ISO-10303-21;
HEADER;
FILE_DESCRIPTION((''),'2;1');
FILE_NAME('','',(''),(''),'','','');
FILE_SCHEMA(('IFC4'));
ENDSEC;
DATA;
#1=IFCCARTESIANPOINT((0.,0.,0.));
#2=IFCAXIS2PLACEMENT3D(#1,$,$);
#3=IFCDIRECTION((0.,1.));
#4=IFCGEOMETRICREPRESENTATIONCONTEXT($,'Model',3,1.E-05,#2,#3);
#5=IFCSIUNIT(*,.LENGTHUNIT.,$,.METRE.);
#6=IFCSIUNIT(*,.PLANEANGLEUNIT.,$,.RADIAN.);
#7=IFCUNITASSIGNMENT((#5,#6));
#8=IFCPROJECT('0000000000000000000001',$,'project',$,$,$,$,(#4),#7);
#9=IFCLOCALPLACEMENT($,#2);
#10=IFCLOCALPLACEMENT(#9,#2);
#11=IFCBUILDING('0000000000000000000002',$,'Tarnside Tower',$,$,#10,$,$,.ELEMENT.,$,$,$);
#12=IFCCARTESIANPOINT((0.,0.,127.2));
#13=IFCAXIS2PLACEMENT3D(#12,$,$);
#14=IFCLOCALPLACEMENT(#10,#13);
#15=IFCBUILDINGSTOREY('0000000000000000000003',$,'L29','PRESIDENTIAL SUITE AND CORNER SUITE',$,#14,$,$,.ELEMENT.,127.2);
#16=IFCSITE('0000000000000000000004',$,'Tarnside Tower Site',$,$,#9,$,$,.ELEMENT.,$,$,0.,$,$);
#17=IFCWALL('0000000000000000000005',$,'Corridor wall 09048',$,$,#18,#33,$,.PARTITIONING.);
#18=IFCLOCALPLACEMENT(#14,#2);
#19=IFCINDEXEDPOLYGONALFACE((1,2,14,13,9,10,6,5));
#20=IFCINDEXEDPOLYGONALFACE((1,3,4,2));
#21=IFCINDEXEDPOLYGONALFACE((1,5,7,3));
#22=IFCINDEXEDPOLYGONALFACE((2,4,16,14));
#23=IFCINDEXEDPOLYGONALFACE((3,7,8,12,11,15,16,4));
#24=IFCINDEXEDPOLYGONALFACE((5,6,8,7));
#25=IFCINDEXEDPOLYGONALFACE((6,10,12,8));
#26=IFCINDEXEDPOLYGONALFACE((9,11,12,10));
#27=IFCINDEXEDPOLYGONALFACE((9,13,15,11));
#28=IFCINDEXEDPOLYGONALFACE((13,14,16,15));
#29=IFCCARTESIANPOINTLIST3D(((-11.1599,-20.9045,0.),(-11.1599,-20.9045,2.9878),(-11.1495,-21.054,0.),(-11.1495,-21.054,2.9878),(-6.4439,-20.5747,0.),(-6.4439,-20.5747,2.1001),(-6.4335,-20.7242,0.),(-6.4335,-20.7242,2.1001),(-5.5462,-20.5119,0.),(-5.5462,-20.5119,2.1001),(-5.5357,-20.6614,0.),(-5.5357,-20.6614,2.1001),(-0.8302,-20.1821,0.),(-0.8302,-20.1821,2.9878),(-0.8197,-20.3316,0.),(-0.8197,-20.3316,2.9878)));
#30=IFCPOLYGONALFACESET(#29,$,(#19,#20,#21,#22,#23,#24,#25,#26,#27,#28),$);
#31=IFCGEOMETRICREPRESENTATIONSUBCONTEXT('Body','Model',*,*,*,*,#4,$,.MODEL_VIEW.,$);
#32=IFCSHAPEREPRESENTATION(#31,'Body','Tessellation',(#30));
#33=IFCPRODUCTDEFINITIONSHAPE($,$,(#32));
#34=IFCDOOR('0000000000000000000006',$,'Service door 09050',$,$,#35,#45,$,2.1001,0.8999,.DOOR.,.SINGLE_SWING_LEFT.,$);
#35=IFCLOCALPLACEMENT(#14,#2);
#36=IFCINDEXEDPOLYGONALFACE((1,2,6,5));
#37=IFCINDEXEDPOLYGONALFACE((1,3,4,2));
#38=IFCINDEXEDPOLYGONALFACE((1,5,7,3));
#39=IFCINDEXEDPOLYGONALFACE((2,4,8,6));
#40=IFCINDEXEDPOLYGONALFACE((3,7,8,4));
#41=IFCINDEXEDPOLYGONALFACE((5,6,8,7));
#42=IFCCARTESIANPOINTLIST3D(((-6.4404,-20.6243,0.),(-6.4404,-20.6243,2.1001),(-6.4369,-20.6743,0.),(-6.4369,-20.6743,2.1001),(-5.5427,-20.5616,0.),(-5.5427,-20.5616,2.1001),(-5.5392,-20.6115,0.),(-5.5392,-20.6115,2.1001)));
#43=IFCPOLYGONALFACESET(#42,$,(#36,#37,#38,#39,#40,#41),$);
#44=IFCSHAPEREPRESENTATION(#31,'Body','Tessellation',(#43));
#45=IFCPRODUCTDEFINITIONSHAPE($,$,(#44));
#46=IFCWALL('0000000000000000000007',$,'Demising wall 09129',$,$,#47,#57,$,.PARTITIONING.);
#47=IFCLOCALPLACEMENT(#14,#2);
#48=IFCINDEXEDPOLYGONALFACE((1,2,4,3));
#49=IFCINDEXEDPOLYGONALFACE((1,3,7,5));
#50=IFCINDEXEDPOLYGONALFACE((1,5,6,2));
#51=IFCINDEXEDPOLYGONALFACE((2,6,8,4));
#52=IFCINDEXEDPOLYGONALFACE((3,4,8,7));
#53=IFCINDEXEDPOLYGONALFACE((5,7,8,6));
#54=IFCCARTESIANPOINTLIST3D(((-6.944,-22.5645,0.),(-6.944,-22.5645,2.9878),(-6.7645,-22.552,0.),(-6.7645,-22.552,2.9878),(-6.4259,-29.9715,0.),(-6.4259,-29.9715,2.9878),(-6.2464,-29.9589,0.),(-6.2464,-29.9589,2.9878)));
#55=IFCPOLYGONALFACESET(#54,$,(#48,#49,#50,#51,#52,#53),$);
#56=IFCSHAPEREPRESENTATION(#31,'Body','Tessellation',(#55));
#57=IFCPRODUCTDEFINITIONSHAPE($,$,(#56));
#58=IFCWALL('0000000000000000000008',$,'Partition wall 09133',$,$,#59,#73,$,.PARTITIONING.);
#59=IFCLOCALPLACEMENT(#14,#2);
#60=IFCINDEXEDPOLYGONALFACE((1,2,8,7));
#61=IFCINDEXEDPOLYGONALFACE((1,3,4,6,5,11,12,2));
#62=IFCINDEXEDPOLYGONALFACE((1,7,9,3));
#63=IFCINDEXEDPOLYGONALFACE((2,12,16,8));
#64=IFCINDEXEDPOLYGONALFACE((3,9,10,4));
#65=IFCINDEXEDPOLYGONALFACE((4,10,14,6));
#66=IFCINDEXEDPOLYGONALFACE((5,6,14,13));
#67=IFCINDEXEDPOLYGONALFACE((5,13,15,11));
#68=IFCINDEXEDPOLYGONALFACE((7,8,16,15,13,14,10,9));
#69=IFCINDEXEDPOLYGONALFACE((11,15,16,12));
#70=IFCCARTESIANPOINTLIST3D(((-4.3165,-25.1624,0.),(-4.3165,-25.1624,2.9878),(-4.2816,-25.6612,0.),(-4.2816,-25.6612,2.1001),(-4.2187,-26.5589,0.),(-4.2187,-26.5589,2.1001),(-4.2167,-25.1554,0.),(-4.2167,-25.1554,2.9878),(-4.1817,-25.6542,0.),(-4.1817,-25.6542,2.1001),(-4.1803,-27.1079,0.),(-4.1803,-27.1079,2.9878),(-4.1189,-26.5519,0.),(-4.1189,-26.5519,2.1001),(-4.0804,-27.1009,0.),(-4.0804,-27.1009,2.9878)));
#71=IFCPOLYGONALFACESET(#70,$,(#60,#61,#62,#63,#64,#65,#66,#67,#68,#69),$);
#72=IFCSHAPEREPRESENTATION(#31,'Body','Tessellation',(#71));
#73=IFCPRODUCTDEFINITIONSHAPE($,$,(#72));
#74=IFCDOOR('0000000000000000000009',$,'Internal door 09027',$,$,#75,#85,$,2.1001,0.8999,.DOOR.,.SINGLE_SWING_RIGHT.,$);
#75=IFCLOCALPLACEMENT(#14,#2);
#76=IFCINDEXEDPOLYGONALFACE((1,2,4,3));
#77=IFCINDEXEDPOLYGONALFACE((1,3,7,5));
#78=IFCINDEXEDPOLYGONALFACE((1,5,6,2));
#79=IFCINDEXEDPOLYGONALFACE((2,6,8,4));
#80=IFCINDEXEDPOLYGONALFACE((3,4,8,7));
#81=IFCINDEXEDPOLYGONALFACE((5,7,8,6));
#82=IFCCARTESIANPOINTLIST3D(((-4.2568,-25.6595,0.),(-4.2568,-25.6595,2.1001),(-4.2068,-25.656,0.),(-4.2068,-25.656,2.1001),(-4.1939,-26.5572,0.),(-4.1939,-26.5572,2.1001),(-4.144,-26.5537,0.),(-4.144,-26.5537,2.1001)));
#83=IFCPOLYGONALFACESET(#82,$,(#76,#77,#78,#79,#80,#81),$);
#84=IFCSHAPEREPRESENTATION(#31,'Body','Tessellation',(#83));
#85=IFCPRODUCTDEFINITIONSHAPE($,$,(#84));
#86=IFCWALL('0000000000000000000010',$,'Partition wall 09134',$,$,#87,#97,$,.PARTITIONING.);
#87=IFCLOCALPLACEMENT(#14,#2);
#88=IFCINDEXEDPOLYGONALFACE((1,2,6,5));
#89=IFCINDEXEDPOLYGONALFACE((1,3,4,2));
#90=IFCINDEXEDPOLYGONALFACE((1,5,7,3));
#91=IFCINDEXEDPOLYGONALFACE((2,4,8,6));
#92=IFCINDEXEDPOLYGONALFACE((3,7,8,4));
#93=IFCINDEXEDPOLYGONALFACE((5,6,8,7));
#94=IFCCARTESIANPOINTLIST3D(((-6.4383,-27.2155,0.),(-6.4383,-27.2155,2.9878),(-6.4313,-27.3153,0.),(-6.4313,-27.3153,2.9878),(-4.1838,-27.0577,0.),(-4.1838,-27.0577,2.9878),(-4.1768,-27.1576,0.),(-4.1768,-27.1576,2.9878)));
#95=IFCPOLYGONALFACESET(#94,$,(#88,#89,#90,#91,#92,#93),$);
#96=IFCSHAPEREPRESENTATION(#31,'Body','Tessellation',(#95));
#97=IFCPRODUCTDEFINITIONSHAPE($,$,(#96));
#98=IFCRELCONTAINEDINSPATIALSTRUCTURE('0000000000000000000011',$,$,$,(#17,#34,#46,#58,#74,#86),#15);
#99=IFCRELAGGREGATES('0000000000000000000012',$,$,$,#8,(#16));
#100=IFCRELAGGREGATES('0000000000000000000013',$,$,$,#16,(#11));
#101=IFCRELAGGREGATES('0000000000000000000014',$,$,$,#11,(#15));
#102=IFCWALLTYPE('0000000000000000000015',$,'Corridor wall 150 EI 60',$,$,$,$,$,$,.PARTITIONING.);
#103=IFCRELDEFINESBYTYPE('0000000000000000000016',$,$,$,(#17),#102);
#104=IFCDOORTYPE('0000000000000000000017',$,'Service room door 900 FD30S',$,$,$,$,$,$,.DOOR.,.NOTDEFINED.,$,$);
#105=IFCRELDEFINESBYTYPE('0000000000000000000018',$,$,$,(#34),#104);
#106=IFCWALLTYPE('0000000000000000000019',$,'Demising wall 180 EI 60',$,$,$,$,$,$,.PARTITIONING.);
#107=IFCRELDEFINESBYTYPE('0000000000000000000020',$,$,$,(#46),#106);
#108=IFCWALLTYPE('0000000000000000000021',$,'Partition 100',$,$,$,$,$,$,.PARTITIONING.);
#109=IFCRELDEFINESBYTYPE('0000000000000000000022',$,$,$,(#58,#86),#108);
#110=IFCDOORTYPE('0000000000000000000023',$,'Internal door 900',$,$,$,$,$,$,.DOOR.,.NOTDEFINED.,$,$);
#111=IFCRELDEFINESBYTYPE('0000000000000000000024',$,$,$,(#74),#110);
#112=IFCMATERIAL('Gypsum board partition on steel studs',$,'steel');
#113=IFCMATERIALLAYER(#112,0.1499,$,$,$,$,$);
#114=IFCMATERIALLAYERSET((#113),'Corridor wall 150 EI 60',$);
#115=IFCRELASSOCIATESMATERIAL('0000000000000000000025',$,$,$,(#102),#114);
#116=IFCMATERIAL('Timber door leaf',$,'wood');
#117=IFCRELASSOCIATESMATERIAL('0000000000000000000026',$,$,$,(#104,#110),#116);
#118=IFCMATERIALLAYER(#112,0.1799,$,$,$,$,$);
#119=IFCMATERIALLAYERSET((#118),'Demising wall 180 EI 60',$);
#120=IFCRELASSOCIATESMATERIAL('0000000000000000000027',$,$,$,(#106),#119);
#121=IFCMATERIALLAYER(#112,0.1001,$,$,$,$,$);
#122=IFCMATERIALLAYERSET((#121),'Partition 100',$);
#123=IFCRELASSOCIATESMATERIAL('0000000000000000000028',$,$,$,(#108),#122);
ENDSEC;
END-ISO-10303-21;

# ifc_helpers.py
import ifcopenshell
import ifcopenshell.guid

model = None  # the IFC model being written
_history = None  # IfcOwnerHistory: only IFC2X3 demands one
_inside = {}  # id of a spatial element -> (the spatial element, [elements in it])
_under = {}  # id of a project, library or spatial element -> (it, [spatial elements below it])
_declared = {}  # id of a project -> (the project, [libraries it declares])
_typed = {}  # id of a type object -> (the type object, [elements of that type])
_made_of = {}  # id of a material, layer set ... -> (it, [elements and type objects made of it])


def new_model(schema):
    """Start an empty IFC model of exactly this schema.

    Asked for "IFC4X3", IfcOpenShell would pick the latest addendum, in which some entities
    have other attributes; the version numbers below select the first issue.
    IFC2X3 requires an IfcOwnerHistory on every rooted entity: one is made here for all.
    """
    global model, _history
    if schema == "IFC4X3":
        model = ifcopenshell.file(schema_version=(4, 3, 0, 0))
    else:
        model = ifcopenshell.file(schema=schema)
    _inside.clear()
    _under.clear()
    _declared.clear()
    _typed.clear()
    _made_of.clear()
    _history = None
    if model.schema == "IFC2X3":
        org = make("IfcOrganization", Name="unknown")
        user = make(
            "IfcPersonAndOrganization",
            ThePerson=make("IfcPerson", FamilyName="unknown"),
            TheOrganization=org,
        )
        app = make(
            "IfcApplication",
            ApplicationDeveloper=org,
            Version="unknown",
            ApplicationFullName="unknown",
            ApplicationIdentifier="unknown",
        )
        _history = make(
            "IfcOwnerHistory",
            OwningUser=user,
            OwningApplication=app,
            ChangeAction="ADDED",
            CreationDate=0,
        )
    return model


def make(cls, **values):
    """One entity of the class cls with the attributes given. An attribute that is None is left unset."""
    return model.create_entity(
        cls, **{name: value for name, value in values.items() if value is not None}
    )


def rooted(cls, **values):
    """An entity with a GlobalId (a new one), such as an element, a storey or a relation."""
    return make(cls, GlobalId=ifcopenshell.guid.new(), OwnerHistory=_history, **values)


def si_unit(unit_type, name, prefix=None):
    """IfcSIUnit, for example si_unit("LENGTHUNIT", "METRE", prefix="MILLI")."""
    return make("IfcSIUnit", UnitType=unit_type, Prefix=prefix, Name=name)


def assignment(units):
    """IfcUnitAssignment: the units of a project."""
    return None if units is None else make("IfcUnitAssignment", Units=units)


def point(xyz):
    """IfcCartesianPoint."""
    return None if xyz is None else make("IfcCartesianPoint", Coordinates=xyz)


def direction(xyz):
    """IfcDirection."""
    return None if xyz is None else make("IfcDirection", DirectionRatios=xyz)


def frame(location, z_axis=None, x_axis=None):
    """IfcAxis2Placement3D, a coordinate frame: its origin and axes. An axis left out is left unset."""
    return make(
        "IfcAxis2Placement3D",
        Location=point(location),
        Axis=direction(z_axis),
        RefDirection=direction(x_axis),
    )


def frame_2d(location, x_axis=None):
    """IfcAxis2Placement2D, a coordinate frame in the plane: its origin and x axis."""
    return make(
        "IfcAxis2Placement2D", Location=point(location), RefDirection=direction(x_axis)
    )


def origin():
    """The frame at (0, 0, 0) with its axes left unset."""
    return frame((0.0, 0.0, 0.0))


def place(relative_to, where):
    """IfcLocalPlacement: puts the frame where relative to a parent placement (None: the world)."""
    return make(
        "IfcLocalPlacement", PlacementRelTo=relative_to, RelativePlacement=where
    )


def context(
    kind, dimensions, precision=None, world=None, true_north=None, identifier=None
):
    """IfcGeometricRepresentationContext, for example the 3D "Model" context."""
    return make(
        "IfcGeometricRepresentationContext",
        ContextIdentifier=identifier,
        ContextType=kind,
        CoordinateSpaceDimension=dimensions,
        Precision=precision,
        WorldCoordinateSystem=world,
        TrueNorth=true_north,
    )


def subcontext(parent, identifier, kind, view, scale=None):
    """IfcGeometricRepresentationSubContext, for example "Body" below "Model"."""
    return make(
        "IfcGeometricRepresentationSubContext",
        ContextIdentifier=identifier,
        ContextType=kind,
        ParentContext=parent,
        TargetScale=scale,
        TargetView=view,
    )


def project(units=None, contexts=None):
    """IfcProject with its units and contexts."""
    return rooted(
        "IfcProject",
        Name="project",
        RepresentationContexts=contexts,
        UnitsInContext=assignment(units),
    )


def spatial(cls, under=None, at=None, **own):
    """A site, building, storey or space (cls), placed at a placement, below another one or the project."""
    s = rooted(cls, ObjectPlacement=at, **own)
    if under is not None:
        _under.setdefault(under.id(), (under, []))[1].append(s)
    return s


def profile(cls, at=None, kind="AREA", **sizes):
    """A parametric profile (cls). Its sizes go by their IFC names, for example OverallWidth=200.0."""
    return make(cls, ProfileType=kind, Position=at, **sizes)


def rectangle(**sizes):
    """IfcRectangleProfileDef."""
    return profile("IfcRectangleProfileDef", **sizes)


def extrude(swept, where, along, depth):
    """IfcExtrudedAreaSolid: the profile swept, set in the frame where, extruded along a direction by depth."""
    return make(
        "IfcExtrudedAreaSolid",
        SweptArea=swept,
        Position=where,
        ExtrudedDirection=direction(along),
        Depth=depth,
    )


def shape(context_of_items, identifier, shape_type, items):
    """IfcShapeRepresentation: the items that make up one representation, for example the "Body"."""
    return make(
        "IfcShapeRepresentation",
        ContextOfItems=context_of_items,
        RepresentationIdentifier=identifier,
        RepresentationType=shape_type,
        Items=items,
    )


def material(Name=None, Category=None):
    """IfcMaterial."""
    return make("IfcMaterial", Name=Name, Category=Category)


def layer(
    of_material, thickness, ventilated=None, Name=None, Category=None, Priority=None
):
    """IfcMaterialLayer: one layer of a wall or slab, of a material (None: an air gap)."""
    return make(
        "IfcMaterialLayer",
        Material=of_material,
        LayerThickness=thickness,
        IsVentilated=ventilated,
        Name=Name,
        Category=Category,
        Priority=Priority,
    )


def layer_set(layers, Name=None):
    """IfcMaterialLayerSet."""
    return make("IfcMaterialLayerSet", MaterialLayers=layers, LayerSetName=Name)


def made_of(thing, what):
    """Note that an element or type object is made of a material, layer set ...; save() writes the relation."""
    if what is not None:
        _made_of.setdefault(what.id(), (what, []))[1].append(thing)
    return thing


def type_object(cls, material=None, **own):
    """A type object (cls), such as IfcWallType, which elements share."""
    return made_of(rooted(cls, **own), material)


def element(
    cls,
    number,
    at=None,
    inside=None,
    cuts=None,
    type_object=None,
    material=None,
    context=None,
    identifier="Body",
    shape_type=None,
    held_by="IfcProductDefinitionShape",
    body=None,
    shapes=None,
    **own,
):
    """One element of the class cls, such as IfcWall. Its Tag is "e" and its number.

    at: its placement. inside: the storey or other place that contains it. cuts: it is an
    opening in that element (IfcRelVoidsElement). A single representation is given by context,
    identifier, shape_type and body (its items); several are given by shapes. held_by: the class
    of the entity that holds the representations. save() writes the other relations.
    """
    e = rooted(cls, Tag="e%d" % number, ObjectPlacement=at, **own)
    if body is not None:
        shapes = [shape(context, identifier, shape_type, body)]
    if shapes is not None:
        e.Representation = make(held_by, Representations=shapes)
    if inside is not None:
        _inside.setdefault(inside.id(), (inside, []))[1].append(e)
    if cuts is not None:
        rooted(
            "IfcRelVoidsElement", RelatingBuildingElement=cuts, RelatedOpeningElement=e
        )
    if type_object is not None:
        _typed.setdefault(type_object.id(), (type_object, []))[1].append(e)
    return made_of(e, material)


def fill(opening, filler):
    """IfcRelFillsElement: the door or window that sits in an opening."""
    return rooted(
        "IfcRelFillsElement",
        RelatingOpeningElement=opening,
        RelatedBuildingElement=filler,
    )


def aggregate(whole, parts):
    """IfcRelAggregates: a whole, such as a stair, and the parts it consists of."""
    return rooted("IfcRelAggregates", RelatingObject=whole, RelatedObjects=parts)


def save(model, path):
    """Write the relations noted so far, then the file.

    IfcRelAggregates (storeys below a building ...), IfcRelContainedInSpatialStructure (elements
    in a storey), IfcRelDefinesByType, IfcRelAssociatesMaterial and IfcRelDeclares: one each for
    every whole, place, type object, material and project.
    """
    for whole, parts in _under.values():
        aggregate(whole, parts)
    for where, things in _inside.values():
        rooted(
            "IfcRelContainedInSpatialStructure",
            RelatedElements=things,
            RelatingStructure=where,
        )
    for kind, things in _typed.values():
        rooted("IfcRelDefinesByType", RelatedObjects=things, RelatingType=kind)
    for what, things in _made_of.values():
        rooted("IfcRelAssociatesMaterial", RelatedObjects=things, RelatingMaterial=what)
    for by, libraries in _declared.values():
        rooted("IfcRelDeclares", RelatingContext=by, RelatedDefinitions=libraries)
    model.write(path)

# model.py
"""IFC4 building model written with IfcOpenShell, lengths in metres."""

from ifc_helpers import new_model, si_unit, direction, frame, frame_2d, origin, place, context, subcontext, project, spatial, rectangle, extrude, material, layer, layer_set, type_object, element, fill, save


model = new_model("IFC4")

# Units and contexts
model_context = context("Model", 3, precision=1e-05, world=origin(), true_north=direction((0.0, 1.0)))
body_context = subcontext(model_context, "Body", "Model", "MODEL_VIEW")
ifc_project = project(units=[si_unit("LENGTHUNIT", "METRE"), si_unit("PLANEANGLEUNIT", "RADIAN")], contexts=[model_context])

# Site, building, storey
site_placement = place(None, origin())
site = spatial("IfcSite", under=ifc_project, at=site_placement, Name="Tarnside Tower Site", CompositionType="ELEMENT", RefElevation=0.0)
building_placement = place(site_placement, origin())
building = spatial("IfcBuilding", under=site, at=building_placement, Name="Tarnside Tower", CompositionType="ELEMENT")
storey_placement = place(building_placement, frame((0.0, 0.0, 127.2)))
storey = spatial("IfcBuildingStorey", under=building, at=storey_placement, Name="L29", Description="PRESIDENTIAL SUITE AND CORNER SUITE", CompositionType="ELEMENT", Elevation=127.2)

# Shared definitions
ifc_material_1 = material(Name="Gypsum board partition on steel studs", Category="steel")
ifc_material_2 = material(Name="Timber door leaf", Category="wood")

# Wall, opening, door
ifc_layer_1 = layer(ifc_material_1, 0.1499)
ifc_layer_set_1 = layer_set([ifc_layer_1], Name="Corridor wall 150 EI 60")
wall_type_1 = type_object("IfcWallType", Name="Corridor wall 150 EI 60", PredefinedType="PARTITIONING", material=ifc_layer_set_1)
wall_1_placement = place(storey_placement, frame((-0.825, -20.2568, 0.0), z_axis=(0.0, 0.0, 1.0), x_axis=(-0.997564, -0.069764, 0.0)))
wall_1 = element("IfcWall", 1, at=wall_1_placement, inside=storey, type_object=wall_type_1, Name="Corridor wall 09048", PredefinedType="PARTITIONING", context=body_context, shape_type="SweptSolid", body=[
    extrude(rectangle(XDim=10.355, YDim=0.1499, at=frame_2d((5.1775, 0.0))), origin(), (0.0, 0.0, 1.0), 2.9878),
])
opening_1_placement = place(wall_1_placement, frame((4.7275, 0.0, 0.0)))
opening_1 = element("IfcOpeningElement", 2, at=opening_1_placement, cuts=wall_1, PredefinedType="OPENING", context=body_context, shape_type="SweptSolid", body=[
    extrude(rectangle(XDim=0.8999, YDim=2.1001, at=frame_2d((0.45, 1.05))), frame((0.0, 0.085, 0.0), z_axis=(0.0, -1.0, 0.0), x_axis=(1.0, 0.0, 0.0)), (0.0, 0.0, 1.0), 0.1699),
])
door_type_1 = type_object("IfcDoorType", Name="Service room door 900 FD30S", OperationType="NOTDEFINED", PredefinedType="DOOR", material=ifc_material_2)
door_1_placement = place(opening_1_placement, origin())
door_1 = element("IfcDoor", 3, at=door_1_placement, inside=storey, type_object=door_type_1, Name="Service door 09050", OperationType="SINGLE_SWING_LEFT", OverallHeight=2.1001, OverallWidth=0.8999, PredefinedType="DOOR", context=body_context, shape_type="SweptSolid", body=[
    extrude(rectangle(XDim=0.8999, YDim=2.1001, at=frame_2d((0.45, 1.05))), frame((0.0, 0.0249, 0.0), z_axis=(0.0, -1.0, 0.0), x_axis=(1.0, 0.0, 0.0)), (0.0, 0.0, 1.0), 0.05),
])
fill(opening_1, door_1)

# Wall
ifc_layer_2 = layer(ifc_material_1, 0.1799)
ifc_layer_set_2 = layer_set([ifc_layer_2], Name="Demising wall 180 EI 60")
wall_type_2 = type_object("IfcWallType", Name="Demising wall 180 EI 60", PredefinedType="PARTITIONING", material=ifc_layer_set_2)
wall_2_placement = place(storey_placement, frame((-6.3362, -29.9651, 0.0), z_axis=(0.0, 0.0, 1.0), x_axis=(-0.069773, 0.997563, 0.0)))
element("IfcWall", 4, at=wall_2_placement, inside=storey, type_object=wall_type_2, Name="Demising wall 09129", PredefinedType="PARTITIONING", context=body_context, shape_type="SweptSolid", body=[
    extrude(rectangle(XDim=7.425, YDim=0.1799, at=frame_2d((3.7124, 0.0))), origin(), (0.0, 0.0, 1.0), 2.9878),
])

# Wall, opening, door
ifc_layer_3 = layer(ifc_material_1, 0.1001)
ifc_layer_set_3 = layer_set([ifc_layer_3], Name="Partition 100")
wall_type_3 = type_object("IfcWallType", Name="Partition 100", PredefinedType="PARTITIONING", material=ifc_layer_set_3)
wall_3_placement = place(storey_placement, frame((-4.2666, -25.1589, 0.0), z_axis=(0.0, 0.0, 1.0), x_axis=(0.069859, -0.997557, 0.0)))
wall_3 = element("IfcWall", 5, at=wall_3_placement, inside=storey, type_object=wall_type_3, Name="Partition wall 09133", PredefinedType="PARTITIONING", context=body_context, shape_type="SweptSolid", body=[
    extrude(rectangle(XDim=1.9502, YDim=0.1001, at=frame_2d((0.9751, 0.0))), origin(), (0.0, 0.0, 1.0), 2.9878),
])
opening_2_placement = place(wall_3_placement, frame((0.5, 0.0, 0.0)))
opening_2 = element("IfcOpeningElement", 6, at=opening_2_placement, cuts=wall_3, PredefinedType="OPENING", context=body_context, shape_type="SweptSolid", body=[
    extrude(rectangle(XDim=0.8999, YDim=2.1001, at=frame_2d((0.45, 1.05))), frame((0.0, 0.0601, 0.0), z_axis=(0.0, -1.0, 0.0), x_axis=(1.0, 0.0, 0.0)), (0.0, 0.0, 1.0), 0.1201),
])
door_type_2 = type_object("IfcDoorType", Name="Internal door 900", OperationType="NOTDEFINED", PredefinedType="DOOR", material=ifc_material_2)
door_2_placement = place(opening_2_placement, origin())
door_2 = element("IfcDoor", 7, at=door_2_placement, inside=storey, type_object=door_type_2, Name="Internal door 09027", OperationType="SINGLE_SWING_RIGHT", OverallHeight=2.1001, OverallWidth=0.8999, PredefinedType="DOOR", context=body_context, shape_type="SweptSolid", body=[
    extrude(rectangle(XDim=0.8999, YDim=2.1001, at=frame_2d((0.45, 1.05))), frame((0.0, 0.0249, 0.0), z_axis=(0.0, -1.0, 0.0), x_axis=(1.0, 0.0, 0.0)), (0.0, 0.0, 1.0), 0.05),
])
fill(opening_2, door_2)

# Wall
wall_4_placement = place(storey_placement, frame((-4.1804, -27.1077, 0.0), z_axis=(0.0, 0.0, 1.0), x_axis=(-0.997562, -0.069788, 0.0)))
element("IfcWall", 8, at=wall_4_placement, inside=storey, type_object=wall_type_3, Name="Partition wall 09134", PredefinedType="PARTITIONING", context=body_context, shape_type="SweptSolid", body=[
    extrude(rectangle(XDim=2.26, YDim=0.1001, at=frame_2d((1.1299, 0.0))), origin(), (0.0, 0.0, 1.0), 2.9878),
])

save(model, "model.ifc")
